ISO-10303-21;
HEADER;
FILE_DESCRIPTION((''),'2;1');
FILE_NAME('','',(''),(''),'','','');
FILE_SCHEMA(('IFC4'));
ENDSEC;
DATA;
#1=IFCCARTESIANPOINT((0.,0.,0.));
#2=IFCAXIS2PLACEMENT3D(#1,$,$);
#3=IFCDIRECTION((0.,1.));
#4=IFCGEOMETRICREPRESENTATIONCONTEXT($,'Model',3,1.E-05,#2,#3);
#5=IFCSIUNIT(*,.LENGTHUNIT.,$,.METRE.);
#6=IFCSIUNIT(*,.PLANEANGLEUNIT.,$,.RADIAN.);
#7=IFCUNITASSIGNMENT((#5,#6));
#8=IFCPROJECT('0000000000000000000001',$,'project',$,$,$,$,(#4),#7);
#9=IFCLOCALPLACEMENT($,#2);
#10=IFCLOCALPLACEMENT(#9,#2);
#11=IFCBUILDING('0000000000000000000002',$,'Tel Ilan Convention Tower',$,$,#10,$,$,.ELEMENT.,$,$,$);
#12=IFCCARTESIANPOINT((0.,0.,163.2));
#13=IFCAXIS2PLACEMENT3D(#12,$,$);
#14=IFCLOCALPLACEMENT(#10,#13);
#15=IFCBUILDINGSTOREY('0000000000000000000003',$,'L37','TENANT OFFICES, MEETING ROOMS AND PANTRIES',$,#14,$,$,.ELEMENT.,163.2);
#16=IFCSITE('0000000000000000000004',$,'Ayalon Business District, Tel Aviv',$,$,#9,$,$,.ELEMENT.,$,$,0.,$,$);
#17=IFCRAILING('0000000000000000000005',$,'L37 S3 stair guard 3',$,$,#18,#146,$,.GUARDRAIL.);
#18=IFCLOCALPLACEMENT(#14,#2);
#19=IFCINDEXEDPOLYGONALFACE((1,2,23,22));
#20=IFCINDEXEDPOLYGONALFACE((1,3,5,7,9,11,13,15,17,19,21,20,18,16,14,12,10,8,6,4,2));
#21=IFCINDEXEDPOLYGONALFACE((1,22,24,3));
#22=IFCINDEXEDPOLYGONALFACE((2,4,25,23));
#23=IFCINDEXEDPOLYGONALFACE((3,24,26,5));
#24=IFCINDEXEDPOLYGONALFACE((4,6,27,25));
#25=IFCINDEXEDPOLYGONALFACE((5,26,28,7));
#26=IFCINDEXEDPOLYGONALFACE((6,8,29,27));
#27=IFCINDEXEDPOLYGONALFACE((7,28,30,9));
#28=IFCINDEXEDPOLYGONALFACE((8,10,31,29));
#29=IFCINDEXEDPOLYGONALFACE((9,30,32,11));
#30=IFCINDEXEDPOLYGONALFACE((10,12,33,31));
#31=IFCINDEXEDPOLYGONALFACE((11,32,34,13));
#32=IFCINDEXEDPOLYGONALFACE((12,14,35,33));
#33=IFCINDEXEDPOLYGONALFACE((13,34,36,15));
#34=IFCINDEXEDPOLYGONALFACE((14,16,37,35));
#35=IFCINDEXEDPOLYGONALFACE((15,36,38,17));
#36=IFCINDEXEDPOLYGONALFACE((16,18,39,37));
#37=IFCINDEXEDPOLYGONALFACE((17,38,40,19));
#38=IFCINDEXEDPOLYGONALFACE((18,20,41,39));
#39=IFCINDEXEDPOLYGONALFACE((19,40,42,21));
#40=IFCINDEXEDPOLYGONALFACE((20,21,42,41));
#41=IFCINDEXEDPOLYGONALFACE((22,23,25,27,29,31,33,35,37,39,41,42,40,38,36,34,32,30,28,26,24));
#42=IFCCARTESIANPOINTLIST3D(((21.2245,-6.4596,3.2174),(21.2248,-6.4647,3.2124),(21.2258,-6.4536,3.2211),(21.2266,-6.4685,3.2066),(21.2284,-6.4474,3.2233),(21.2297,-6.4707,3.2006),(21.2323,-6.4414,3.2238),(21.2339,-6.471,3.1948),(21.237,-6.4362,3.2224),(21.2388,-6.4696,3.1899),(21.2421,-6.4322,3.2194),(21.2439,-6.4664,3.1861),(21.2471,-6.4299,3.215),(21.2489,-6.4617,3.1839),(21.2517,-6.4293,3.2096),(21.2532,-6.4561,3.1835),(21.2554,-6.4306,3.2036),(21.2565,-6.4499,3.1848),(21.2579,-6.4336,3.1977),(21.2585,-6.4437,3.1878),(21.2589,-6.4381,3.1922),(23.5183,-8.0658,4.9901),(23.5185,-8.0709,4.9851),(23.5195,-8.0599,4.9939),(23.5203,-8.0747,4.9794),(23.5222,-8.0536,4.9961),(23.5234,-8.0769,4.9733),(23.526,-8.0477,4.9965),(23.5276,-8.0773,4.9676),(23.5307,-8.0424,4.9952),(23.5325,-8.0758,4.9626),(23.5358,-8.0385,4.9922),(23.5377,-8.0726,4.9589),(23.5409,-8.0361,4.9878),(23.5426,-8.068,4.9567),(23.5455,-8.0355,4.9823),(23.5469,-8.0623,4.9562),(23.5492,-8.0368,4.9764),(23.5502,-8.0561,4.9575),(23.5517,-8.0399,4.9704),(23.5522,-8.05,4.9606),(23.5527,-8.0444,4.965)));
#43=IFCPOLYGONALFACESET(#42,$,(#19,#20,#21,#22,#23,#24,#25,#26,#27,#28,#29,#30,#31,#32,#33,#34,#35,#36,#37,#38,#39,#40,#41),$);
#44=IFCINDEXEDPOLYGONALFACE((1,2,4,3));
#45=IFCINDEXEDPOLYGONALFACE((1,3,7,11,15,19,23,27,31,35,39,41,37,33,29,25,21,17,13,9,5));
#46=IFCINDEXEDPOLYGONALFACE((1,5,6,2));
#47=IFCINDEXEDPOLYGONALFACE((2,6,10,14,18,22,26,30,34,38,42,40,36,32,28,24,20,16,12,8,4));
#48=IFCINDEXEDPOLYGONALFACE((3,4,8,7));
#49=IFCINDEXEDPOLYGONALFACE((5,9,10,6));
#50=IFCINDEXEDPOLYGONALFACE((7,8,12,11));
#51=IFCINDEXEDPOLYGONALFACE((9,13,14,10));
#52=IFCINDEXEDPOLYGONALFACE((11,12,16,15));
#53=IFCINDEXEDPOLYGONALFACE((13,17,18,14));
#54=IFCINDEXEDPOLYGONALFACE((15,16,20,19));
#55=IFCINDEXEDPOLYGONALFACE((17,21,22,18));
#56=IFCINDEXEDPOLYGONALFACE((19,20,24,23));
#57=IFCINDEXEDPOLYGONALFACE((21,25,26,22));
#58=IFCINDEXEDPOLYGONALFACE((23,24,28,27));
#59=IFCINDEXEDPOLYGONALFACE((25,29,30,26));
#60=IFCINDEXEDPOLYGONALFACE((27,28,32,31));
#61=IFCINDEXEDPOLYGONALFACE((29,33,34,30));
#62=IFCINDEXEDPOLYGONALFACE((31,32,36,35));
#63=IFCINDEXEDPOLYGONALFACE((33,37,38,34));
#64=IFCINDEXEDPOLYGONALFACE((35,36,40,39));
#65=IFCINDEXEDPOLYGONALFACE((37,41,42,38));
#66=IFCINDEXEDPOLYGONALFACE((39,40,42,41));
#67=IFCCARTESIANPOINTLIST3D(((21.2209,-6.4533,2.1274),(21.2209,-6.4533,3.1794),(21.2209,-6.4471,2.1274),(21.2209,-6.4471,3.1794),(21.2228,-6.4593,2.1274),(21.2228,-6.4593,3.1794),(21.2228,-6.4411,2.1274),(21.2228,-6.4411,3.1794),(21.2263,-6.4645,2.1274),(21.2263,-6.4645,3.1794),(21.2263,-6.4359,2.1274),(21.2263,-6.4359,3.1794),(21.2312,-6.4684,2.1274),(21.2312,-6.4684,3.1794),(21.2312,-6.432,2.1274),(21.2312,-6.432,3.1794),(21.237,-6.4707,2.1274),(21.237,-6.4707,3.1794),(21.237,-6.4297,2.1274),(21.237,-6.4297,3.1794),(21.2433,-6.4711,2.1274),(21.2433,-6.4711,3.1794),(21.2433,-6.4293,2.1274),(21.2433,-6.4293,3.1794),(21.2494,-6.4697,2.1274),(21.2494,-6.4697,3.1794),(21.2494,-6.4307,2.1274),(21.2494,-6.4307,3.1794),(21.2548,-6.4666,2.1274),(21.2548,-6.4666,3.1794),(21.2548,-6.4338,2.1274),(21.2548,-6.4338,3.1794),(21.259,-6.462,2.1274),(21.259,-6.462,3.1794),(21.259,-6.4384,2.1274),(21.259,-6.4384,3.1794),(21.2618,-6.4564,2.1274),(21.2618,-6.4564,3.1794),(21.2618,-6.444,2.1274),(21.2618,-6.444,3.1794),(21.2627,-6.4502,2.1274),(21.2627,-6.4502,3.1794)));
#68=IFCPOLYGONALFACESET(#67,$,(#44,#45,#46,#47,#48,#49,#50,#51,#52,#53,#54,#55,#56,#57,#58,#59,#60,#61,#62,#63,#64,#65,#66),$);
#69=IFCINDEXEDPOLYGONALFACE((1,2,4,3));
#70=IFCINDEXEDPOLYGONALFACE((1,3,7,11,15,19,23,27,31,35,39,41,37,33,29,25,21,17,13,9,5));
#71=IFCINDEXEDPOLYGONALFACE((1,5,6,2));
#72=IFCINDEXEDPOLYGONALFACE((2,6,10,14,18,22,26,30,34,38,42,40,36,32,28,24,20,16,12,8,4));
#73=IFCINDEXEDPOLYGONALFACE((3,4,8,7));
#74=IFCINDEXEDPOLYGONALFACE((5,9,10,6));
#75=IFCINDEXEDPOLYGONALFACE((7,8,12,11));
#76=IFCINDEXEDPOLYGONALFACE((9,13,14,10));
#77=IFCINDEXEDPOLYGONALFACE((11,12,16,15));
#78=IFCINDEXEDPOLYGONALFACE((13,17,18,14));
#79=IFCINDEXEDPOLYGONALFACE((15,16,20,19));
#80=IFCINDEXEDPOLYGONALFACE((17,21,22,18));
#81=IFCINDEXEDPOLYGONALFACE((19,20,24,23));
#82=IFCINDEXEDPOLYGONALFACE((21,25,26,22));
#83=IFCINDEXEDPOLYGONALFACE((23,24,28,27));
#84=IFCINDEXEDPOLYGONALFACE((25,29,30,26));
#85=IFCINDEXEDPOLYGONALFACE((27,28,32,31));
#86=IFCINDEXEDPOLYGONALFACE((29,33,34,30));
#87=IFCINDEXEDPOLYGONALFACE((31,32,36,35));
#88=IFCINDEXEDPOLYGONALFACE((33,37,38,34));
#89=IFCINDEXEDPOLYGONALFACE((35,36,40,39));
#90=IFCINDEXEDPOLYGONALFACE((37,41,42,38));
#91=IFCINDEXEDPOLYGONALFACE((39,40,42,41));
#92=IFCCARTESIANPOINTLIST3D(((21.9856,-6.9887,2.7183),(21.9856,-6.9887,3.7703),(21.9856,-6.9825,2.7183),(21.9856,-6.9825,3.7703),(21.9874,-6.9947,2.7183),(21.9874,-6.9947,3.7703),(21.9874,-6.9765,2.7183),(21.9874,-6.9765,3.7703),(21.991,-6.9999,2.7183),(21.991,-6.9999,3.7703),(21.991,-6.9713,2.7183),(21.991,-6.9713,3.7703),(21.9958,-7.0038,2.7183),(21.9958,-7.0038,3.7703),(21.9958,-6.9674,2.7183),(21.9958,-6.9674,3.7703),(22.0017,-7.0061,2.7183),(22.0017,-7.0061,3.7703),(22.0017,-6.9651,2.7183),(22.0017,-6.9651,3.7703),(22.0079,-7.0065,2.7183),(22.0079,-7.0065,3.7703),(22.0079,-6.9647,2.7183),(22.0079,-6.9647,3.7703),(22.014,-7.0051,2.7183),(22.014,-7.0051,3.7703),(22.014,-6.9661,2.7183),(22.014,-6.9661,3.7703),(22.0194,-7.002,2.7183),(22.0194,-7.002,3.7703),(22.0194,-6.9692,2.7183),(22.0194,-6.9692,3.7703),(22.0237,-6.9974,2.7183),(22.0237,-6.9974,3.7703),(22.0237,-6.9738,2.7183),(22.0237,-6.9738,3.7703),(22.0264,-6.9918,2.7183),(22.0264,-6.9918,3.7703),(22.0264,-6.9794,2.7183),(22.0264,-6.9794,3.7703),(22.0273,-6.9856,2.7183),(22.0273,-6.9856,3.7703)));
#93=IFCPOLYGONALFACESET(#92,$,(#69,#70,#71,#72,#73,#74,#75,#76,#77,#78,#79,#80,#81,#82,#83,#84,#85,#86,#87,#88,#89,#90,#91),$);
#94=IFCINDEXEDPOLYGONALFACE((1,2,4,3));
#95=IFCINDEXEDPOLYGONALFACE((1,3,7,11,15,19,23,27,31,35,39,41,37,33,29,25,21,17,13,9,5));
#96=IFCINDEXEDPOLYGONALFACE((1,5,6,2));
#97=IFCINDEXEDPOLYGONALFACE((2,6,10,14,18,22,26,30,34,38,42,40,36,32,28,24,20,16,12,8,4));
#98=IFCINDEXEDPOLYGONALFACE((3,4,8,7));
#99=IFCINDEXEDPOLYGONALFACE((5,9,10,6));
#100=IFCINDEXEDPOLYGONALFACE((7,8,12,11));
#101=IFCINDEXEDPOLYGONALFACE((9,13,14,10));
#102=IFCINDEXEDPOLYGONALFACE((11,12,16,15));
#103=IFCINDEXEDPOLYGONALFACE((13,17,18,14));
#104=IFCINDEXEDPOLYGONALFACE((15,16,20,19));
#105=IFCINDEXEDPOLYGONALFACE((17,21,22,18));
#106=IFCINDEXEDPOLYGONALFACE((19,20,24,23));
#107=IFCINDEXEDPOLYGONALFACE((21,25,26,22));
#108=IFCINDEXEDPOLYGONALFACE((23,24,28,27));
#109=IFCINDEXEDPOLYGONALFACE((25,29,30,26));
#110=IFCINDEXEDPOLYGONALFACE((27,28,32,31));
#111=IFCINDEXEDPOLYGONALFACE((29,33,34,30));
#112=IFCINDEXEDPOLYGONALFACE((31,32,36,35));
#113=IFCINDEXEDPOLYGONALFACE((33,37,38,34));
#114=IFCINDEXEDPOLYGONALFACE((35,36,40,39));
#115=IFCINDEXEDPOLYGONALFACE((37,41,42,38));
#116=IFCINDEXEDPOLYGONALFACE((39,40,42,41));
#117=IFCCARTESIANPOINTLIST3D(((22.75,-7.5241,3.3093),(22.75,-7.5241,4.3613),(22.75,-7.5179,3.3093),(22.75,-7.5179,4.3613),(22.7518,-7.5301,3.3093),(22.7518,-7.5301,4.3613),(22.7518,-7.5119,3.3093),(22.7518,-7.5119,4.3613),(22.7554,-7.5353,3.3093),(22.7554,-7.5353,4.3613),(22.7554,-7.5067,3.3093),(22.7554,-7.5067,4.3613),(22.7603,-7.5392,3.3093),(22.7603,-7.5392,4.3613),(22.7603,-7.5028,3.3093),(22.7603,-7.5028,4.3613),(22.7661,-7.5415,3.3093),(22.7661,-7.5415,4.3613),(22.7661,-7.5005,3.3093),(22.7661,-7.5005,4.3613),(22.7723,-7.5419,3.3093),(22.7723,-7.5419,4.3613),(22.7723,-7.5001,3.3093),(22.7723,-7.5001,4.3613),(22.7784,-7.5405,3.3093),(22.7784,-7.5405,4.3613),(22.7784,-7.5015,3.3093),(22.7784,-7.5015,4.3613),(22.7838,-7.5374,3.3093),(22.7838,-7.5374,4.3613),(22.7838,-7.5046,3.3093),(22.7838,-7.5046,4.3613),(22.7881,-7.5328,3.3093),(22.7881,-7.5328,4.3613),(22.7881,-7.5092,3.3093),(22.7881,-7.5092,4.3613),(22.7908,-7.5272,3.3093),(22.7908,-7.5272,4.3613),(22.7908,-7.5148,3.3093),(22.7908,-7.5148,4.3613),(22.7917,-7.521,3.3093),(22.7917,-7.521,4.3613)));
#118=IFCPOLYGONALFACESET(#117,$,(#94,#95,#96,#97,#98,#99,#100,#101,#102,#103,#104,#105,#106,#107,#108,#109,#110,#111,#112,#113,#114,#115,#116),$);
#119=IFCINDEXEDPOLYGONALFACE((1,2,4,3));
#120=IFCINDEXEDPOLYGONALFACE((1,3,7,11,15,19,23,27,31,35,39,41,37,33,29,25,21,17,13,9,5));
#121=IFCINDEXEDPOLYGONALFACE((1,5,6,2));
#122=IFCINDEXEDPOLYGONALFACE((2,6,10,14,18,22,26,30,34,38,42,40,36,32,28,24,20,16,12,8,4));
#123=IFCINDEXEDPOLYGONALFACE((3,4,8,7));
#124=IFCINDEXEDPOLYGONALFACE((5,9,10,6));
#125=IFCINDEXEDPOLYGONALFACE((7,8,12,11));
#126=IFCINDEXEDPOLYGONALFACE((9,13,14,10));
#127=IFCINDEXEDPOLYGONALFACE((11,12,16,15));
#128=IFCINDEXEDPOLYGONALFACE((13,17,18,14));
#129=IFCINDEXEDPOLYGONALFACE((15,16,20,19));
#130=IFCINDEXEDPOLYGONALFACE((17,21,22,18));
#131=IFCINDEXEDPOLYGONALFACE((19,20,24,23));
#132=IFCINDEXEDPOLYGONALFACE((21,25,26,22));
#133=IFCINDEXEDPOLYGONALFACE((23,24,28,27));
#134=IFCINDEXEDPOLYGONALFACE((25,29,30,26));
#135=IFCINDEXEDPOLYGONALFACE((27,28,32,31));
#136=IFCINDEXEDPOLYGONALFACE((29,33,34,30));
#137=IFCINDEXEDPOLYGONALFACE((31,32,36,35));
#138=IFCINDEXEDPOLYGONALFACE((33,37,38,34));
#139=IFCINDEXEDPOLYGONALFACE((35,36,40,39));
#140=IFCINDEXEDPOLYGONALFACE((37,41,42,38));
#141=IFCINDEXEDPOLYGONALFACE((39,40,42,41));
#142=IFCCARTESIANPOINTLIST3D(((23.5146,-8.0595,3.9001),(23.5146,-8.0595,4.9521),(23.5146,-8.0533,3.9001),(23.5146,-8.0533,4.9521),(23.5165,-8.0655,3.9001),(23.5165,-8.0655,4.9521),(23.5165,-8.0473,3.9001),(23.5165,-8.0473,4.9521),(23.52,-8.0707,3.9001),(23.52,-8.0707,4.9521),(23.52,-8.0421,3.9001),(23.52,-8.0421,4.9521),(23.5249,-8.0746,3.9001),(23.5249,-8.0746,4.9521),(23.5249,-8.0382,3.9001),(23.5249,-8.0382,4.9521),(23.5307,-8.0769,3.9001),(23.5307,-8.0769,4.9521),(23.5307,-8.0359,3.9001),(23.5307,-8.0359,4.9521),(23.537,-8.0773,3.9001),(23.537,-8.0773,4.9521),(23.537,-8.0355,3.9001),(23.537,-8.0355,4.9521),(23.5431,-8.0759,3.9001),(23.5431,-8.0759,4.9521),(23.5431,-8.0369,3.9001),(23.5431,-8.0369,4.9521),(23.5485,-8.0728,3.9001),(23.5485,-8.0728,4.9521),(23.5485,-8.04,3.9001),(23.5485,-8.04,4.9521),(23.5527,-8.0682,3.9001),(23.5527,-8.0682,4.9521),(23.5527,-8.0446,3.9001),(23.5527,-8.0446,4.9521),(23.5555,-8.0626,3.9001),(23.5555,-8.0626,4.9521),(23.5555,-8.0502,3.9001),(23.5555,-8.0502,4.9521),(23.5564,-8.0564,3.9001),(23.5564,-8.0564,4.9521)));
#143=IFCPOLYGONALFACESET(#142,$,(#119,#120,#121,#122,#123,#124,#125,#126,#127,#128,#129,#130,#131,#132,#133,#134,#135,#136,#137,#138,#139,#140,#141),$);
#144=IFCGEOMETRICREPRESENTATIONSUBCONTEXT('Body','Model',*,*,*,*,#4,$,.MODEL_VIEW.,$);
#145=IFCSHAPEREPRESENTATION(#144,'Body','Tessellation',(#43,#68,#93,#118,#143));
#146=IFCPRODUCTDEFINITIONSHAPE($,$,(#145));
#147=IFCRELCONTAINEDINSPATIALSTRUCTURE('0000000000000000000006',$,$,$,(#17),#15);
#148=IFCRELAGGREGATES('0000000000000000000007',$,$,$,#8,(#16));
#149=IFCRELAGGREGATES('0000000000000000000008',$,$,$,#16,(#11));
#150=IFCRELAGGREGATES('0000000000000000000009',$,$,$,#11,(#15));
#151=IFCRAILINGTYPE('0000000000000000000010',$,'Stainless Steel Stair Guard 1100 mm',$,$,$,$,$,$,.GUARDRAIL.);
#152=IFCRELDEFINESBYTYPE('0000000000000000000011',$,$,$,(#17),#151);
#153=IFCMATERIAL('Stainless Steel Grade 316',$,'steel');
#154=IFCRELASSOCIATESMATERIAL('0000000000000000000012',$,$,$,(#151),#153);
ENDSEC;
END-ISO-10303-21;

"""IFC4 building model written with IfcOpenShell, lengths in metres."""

from ifc_helpers import new_model, si_unit, direction, frame, origin, origin_2d, place, context, subcontext, project, spatial, circle, extrude, material, type_object, element, save


model = new_model("IFC4")

# Units and contexts
model_context = context("Model", 3, precision=1e-05, world=origin(), true_north=direction((0.0, 1.0)))
body_context = subcontext(model_context, "Body", "Model", "MODEL_VIEW")
ifc_project = project(units=[si_unit("LENGTHUNIT", "METRE"), si_unit("PLANEANGLEUNIT", "RADIAN")], contexts=[model_context])

# Site, building, storey
site_placement = place(None, origin())
site = spatial("IfcSite", under=ifc_project, at=site_placement, Name="Ayalon Business District, Tel Aviv", CompositionType="ELEMENT", RefElevation=0.0)
building_placement = place(site_placement, origin())
building = spatial("IfcBuilding", under=site, at=building_placement, Name="Tel Ilan Convention Tower", CompositionType="ELEMENT")
storey_placement = place(building_placement, frame((0.0, 0.0, 163.2)))
storey = spatial("IfcBuildingStorey", under=building, at=storey_placement, Name="L37", Description="TENANT OFFICES, MEETING ROOMS AND PANTRIES", CompositionType="ELEMENT", Elevation=163.2)

# Railing
ifc_material_1 = material(Name="Stainless Steel Grade 316", Category="steel")
railing_type_1 = type_object("IfcRailingType", Name="Stainless Steel Stair Guard 1100 mm", PredefinedType="GUARDRAIL", material=ifc_material_1)
railing_1_placement = place(storey_placement, frame((21.2417, -6.4502, 2.1274)))
element("IfcRailing", 1, at=railing_1_placement, inside=storey, type_object=railing_type_1, Name="L37 S3 stair guard 3", PredefinedType="GUARDRAIL", context=body_context, shape_type="SweptSolid", body=[
    extrude(circle(Radius=0.0239, at=origin_2d()), frame((0.0, 0.0, 1.0762), z_axis=(0.692098, -0.484653, 0.534894), x_axis=(0.573609, 0.81913, 0.0)), (0.0, 0.0, 1.0), 3.3142),
    extrude(circle(Radius=0.021, at=origin_2d()), origin(), (0.0, 0.0, 1.0), 1.052),
    extrude(circle(Radius=0.021, at=origin_2d()), frame((0.7646, -0.5354, 0.5908)), (0.0, 0.0, 1.0), 1.052),
    extrude(circle(Radius=0.021, at=origin_2d()), frame((1.5291, -1.0708, 1.1819)), (0.0, 0.0, 1.0), 1.052),
    extrude(circle(Radius=0.021, at=origin_2d()), frame((2.2937, -1.6062, 1.7727)), (0.0, 0.0, 1.0), 1.052),
])

save(model, "model.ifc")
